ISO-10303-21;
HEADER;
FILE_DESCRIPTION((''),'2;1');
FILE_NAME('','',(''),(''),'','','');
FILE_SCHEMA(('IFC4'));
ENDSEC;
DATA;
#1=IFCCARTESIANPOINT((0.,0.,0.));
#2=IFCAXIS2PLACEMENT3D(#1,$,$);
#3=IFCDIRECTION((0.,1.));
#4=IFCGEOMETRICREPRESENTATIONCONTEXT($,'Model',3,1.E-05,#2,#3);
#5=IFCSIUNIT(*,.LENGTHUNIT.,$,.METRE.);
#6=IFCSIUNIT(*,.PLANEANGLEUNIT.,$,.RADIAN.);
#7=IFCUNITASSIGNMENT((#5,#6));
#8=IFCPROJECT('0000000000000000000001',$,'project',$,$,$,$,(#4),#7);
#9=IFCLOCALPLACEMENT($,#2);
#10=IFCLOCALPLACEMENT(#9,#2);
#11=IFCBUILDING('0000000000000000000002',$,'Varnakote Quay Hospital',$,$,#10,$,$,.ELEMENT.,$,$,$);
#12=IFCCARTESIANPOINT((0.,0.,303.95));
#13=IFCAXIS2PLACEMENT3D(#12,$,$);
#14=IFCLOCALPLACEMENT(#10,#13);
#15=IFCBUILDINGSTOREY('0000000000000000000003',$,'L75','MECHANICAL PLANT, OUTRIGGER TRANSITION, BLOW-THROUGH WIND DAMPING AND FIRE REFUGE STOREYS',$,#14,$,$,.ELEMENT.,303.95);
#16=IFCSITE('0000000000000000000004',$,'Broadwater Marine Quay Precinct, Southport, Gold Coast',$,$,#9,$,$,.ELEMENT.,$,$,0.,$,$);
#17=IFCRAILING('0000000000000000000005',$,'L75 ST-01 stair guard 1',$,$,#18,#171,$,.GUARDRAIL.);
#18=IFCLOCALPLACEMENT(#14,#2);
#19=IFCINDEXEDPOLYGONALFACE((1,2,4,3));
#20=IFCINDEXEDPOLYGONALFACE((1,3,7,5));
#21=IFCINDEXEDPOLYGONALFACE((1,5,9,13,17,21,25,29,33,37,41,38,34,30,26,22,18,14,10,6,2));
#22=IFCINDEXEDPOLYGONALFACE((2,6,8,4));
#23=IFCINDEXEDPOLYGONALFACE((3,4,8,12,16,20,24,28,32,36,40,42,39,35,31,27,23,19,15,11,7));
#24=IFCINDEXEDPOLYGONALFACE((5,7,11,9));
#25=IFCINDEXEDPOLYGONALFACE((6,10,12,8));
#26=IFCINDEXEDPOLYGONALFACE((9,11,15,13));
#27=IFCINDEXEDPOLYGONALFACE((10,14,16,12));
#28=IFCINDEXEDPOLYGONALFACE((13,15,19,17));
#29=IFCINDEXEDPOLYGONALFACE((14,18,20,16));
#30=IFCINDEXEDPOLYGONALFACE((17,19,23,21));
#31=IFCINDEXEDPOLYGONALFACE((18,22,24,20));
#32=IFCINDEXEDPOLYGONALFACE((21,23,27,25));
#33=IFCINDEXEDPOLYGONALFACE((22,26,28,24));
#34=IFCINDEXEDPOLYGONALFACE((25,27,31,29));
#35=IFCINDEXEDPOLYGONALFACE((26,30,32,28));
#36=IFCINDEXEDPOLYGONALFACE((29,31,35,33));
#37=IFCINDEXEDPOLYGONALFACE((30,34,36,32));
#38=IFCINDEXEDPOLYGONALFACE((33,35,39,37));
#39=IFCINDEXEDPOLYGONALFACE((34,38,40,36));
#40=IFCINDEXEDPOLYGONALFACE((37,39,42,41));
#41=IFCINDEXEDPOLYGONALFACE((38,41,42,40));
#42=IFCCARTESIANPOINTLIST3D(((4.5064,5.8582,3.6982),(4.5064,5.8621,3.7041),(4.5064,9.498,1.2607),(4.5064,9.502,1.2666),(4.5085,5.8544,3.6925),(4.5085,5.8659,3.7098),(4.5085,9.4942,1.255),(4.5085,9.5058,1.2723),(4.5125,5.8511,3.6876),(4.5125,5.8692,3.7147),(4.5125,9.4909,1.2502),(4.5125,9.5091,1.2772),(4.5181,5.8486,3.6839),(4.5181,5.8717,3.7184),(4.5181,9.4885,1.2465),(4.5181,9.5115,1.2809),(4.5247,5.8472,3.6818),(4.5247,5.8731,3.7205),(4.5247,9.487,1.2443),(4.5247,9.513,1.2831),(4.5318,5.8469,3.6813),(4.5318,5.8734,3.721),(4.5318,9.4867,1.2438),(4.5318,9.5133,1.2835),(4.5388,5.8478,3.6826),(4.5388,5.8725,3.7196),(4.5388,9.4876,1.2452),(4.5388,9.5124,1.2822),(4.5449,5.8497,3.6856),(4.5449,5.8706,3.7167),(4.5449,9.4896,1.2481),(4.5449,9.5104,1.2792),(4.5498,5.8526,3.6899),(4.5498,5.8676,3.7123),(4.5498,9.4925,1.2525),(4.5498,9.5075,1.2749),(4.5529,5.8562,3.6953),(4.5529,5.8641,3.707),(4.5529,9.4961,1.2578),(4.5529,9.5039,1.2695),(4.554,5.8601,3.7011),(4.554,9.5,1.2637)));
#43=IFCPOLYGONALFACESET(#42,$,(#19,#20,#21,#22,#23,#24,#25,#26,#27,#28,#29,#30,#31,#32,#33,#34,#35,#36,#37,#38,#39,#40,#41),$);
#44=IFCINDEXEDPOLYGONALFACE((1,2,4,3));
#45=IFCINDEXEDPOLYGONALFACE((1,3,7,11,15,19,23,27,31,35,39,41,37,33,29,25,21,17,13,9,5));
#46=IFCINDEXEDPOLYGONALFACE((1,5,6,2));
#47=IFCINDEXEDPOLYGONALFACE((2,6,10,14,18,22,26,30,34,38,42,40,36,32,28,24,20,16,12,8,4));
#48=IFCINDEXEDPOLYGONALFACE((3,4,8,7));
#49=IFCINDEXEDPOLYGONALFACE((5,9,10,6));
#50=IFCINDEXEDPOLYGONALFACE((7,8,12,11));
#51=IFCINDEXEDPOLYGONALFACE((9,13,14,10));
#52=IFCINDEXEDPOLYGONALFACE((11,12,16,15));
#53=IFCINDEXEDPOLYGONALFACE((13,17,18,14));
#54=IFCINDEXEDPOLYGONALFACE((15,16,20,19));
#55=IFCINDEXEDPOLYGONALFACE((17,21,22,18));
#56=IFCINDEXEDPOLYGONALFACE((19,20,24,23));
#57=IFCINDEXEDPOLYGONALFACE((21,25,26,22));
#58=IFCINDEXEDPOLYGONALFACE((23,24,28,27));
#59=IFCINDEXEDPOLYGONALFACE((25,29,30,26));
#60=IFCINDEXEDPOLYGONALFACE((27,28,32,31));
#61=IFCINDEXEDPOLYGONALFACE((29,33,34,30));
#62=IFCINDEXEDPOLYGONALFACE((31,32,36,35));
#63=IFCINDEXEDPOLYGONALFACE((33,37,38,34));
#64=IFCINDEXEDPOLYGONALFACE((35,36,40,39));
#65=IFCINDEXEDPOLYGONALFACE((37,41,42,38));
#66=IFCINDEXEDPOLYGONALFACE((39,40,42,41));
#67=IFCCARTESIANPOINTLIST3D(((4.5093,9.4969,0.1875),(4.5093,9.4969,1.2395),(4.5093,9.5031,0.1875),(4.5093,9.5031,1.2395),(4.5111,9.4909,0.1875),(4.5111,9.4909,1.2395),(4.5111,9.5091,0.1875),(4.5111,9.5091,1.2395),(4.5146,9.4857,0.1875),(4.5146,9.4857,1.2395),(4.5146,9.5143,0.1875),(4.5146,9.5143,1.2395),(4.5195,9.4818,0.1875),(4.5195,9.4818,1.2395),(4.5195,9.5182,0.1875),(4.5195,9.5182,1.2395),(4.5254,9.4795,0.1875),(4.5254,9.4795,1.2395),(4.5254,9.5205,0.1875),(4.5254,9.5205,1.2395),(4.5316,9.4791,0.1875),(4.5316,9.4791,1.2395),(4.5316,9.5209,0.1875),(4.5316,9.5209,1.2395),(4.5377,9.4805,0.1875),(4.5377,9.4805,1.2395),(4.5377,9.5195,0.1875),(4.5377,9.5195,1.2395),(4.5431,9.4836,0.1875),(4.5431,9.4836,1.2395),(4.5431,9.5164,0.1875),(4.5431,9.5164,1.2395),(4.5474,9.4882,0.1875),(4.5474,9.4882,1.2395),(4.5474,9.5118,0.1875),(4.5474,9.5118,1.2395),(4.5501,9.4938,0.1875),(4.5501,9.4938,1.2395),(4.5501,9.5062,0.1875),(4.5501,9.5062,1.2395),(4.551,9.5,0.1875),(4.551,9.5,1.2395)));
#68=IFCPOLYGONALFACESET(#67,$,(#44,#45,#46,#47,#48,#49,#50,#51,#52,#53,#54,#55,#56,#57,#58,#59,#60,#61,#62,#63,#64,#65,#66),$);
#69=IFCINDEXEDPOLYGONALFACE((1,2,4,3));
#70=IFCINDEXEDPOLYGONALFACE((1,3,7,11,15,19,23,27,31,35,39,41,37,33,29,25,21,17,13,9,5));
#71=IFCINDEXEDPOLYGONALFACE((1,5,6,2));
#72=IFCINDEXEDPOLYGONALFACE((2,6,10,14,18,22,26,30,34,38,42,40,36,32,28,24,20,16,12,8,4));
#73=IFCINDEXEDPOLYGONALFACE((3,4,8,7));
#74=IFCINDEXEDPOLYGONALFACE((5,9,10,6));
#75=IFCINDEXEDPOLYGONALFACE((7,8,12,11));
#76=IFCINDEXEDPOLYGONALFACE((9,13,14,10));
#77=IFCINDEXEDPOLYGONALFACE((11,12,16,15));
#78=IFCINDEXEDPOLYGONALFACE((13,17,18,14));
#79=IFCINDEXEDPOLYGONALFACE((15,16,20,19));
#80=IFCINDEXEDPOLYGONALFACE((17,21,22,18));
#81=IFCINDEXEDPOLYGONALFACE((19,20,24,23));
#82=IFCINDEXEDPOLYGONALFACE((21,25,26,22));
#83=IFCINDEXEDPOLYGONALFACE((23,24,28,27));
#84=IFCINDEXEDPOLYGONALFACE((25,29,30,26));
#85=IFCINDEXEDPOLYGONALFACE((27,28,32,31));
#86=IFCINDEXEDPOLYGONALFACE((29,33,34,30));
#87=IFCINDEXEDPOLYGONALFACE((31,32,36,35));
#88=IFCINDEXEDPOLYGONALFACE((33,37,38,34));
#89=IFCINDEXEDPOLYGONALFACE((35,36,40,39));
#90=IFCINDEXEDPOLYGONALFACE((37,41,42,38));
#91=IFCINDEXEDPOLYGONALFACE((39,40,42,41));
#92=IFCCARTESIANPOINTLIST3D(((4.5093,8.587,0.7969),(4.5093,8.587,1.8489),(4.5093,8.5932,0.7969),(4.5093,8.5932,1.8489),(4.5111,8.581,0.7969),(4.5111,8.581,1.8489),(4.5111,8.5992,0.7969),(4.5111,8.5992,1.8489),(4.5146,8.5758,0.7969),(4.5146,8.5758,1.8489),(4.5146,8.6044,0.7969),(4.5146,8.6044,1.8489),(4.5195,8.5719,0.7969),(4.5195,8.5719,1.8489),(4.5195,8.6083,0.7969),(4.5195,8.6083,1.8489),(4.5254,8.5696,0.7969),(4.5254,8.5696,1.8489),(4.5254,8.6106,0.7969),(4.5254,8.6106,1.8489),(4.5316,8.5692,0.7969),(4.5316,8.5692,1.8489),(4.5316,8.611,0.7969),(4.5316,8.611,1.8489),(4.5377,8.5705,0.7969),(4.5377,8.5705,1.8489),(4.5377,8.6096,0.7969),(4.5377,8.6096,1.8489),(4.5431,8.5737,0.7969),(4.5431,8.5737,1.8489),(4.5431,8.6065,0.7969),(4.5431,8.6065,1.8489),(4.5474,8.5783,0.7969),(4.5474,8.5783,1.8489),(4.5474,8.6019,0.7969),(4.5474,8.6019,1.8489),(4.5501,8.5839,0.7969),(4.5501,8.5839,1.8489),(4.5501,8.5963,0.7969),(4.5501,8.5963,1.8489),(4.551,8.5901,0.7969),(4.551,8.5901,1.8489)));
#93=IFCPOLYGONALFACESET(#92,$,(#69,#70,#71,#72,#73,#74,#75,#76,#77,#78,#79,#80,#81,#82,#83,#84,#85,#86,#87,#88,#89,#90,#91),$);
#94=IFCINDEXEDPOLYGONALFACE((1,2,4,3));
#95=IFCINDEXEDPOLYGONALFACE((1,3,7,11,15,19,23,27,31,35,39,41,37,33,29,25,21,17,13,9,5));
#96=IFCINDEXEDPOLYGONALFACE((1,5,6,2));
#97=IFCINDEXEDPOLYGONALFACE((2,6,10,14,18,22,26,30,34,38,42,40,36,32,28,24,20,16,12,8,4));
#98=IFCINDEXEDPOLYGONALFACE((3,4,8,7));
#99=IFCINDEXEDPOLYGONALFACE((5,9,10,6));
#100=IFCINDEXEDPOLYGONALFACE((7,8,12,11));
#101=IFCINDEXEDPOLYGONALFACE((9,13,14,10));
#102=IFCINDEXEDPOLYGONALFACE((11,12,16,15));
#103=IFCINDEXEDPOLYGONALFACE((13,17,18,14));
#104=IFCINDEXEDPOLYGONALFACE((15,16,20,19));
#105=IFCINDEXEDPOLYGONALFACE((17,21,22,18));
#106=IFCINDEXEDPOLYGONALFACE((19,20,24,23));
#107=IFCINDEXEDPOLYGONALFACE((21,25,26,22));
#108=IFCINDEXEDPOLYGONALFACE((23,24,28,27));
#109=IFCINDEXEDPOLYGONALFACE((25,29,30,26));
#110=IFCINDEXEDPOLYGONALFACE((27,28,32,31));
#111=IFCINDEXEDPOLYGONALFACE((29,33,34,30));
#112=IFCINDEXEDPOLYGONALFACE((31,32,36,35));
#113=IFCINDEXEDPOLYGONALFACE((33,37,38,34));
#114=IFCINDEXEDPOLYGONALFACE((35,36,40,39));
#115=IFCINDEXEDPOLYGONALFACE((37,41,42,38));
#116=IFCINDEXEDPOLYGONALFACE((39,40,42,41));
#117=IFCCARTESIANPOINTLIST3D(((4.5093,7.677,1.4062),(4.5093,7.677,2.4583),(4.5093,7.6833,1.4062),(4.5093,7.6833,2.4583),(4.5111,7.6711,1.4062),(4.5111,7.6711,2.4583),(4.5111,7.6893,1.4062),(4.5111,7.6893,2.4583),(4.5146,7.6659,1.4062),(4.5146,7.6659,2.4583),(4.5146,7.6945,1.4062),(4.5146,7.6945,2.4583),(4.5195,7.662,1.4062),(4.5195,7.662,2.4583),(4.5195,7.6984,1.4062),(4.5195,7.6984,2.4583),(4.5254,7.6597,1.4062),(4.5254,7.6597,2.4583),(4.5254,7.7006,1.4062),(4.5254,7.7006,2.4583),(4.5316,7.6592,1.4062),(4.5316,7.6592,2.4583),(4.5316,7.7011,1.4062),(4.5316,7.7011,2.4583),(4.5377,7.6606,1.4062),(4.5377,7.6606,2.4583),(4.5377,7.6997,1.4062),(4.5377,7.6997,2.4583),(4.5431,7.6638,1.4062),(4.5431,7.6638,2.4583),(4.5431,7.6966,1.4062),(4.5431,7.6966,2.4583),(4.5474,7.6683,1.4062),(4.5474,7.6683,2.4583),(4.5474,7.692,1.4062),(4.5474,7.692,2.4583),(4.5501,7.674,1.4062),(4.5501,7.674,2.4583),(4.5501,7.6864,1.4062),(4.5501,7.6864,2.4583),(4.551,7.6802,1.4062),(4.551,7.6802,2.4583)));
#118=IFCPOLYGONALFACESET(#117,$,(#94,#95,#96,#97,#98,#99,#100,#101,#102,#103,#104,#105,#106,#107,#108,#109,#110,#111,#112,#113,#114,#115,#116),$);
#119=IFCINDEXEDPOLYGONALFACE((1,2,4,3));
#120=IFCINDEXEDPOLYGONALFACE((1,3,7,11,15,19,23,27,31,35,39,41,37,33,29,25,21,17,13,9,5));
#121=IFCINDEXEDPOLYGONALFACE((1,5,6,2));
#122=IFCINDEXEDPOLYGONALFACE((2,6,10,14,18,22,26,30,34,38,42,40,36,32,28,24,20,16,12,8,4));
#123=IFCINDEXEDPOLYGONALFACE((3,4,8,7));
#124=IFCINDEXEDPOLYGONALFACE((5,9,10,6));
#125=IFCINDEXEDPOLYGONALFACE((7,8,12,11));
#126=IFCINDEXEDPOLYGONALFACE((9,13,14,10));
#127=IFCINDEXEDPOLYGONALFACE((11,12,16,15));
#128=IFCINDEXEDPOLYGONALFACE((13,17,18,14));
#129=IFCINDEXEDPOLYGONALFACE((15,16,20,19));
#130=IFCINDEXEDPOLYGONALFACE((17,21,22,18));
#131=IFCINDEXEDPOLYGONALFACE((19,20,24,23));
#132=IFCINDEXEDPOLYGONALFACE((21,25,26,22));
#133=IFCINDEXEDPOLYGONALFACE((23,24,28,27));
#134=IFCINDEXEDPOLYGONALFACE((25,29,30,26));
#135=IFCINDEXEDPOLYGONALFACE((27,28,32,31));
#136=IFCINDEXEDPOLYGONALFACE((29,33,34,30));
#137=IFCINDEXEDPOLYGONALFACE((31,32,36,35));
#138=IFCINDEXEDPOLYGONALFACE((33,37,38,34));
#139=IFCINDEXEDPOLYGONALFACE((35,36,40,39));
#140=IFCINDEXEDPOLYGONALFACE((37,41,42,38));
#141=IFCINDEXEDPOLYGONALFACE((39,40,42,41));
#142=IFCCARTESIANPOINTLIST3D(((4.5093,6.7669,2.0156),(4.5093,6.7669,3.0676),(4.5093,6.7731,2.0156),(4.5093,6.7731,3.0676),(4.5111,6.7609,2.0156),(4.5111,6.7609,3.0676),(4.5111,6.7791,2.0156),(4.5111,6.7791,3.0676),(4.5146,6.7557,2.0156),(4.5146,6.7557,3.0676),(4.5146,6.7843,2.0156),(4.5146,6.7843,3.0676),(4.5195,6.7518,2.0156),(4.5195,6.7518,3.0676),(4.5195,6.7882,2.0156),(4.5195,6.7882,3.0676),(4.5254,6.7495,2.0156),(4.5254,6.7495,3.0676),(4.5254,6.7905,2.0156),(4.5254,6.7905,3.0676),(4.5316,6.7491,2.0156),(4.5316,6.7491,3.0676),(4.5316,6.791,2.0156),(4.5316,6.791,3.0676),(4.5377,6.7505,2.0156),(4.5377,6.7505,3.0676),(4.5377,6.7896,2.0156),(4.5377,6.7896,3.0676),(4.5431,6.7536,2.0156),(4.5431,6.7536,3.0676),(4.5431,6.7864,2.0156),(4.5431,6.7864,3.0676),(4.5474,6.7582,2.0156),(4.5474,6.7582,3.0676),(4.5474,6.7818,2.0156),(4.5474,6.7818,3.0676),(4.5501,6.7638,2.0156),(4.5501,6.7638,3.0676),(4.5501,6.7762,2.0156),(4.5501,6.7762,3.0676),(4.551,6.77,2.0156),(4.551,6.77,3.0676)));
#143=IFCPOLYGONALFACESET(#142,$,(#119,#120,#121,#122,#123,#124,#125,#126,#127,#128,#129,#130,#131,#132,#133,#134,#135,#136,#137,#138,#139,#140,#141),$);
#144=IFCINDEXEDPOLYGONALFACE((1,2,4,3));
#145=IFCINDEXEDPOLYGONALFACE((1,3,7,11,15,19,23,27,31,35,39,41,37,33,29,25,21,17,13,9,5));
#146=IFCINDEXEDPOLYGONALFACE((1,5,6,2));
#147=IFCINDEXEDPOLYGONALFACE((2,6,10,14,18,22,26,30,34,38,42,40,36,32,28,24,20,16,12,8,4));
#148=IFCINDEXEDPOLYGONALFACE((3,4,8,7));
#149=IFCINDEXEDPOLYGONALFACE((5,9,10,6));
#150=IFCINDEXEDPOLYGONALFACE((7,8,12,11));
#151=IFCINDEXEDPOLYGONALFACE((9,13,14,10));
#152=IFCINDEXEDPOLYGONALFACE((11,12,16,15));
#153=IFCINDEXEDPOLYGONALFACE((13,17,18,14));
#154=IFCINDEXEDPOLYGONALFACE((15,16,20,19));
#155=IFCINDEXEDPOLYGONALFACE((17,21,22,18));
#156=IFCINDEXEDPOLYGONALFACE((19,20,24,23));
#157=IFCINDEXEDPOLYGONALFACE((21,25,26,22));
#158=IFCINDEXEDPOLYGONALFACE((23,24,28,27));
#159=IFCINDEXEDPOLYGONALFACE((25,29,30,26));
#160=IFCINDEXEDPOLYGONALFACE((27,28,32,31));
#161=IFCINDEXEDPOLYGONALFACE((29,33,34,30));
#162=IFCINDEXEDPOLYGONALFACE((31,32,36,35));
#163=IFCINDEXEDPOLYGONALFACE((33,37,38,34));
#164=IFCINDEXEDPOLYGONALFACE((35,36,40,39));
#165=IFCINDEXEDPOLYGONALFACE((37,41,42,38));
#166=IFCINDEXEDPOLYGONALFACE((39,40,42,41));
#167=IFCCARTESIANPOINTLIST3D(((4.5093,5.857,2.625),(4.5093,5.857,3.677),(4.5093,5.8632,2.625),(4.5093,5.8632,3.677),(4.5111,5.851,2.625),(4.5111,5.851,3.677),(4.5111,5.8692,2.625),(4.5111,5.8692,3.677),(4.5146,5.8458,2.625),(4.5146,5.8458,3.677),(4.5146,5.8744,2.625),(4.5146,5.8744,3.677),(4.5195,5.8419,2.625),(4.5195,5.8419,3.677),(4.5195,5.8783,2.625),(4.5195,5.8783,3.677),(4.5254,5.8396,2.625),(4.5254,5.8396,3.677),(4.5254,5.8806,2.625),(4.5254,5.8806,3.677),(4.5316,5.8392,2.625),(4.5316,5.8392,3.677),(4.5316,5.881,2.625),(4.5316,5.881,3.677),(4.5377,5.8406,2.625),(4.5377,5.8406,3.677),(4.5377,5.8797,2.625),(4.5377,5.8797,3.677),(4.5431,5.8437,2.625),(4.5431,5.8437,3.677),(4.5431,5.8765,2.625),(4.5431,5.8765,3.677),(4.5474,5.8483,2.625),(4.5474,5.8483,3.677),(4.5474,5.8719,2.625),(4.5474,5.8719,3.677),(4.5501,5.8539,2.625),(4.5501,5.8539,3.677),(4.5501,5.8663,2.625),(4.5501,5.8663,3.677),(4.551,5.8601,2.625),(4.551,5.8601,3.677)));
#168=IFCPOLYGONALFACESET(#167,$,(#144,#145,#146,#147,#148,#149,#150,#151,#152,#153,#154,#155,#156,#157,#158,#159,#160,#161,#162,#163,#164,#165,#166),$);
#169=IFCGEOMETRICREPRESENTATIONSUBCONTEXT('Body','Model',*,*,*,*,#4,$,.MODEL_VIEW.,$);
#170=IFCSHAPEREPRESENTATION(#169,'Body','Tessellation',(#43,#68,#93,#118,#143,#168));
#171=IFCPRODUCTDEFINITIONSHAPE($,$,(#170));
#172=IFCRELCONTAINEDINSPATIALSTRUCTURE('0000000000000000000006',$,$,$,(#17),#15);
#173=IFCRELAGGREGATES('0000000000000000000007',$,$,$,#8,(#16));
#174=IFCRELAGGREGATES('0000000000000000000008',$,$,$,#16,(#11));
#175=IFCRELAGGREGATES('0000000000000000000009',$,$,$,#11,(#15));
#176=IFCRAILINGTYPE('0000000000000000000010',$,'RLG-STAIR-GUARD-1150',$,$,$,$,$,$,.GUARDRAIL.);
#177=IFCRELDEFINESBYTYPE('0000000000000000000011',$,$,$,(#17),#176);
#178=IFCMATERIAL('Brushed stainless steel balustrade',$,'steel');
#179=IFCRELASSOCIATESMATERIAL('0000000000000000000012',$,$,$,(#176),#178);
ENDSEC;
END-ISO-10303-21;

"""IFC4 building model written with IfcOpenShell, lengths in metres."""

from ifc_helpers import new_model, si_unit, direction, frame, origin, origin_2d, place, context, subcontext, project, spatial, circle, extrude, material, type_object, element, save


model = new_model("IFC4")

# Units and contexts
model_context = context("Model", 3, precision=1e-05, world=origin(), true_north=direction((0.0, 1.0)))
body_context = subcontext(model_context, "Body", "Model", "MODEL_VIEW")
ifc_project = project(units=[si_unit("LENGTHUNIT", "METRE"), si_unit("PLANEANGLEUNIT", "RADIAN")], contexts=[model_context])

# Site, building, storey
site_placement = place(None, origin())
site = spatial("IfcSite", under=ifc_project, at=site_placement, Name="Broadwater Marine Quay Precinct, Southport, Gold Coast", CompositionType="ELEMENT", RefElevation=0.0)
building_placement = place(site_placement, origin())
building = spatial("IfcBuilding", under=site, at=building_placement, Name="Varnakote Quay Hospital", CompositionType="ELEMENT")
storey_placement = place(building_placement, frame((0.0, 0.0, 303.95)))
storey = spatial("IfcBuildingStorey", under=building, at=storey_placement, Name="L75", Description="MECHANICAL PLANT, OUTRIGGER TRANSITION, BLOW-THROUGH WIND DAMPING AND FIRE REFUGE STOREYS", CompositionType="ELEMENT", Elevation=303.95)

# Railing
ifc_material_1 = material(Name="Brushed stainless steel balustrade", Category="steel")
railing_type_1 = type_object("IfcRailingType", Name="RLG-STAIR-GUARD-1150", PredefinedType="GUARDRAIL", material=ifc_material_1)
railing_1_placement = place(storey_placement, frame((4.53, 9.5, 0.1875)))
element("IfcRailing", 1, at=railing_1_placement, inside=storey, type_object=railing_type_1, Name="L75 ST-01 stair guard 1", PredefinedType="GUARDRAIL", context=body_context, shape_type="SweptSolid", body=[
    extrude(circle(Radius=0.0239, at=origin_2d()), frame((0.0, 0.0, 1.0762), z_axis=(0.0, -0.8309, 0.556422), x_axis=(1.0, 0.0, 0.0)), (0.0, 0.0, 1.0), 4.3806),
    extrude(circle(Radius=0.021, at=origin_2d()), origin(), (0.0, 0.0, 1.0), 1.052),
    extrude(circle(Radius=0.021, at=origin_2d()), frame((0.0, -0.9099, 0.6094)), (0.0, 0.0, 1.0), 1.052),
    extrude(circle(Radius=0.021, at=origin_2d()), frame((0.0, -1.8198, 1.2188)), (0.0, 0.0, 1.0), 1.052),
    extrude(circle(Radius=0.021, at=origin_2d()), frame((0.0, -2.73, 1.8281)), (0.0, 0.0, 1.0), 1.052),
    extrude(circle(Radius=0.021, at=origin_2d()), frame((0.0, -3.6399, 2.4375)), (0.0, 0.0, 1.0), 1.052),
])

save(model, "model.ifc")
